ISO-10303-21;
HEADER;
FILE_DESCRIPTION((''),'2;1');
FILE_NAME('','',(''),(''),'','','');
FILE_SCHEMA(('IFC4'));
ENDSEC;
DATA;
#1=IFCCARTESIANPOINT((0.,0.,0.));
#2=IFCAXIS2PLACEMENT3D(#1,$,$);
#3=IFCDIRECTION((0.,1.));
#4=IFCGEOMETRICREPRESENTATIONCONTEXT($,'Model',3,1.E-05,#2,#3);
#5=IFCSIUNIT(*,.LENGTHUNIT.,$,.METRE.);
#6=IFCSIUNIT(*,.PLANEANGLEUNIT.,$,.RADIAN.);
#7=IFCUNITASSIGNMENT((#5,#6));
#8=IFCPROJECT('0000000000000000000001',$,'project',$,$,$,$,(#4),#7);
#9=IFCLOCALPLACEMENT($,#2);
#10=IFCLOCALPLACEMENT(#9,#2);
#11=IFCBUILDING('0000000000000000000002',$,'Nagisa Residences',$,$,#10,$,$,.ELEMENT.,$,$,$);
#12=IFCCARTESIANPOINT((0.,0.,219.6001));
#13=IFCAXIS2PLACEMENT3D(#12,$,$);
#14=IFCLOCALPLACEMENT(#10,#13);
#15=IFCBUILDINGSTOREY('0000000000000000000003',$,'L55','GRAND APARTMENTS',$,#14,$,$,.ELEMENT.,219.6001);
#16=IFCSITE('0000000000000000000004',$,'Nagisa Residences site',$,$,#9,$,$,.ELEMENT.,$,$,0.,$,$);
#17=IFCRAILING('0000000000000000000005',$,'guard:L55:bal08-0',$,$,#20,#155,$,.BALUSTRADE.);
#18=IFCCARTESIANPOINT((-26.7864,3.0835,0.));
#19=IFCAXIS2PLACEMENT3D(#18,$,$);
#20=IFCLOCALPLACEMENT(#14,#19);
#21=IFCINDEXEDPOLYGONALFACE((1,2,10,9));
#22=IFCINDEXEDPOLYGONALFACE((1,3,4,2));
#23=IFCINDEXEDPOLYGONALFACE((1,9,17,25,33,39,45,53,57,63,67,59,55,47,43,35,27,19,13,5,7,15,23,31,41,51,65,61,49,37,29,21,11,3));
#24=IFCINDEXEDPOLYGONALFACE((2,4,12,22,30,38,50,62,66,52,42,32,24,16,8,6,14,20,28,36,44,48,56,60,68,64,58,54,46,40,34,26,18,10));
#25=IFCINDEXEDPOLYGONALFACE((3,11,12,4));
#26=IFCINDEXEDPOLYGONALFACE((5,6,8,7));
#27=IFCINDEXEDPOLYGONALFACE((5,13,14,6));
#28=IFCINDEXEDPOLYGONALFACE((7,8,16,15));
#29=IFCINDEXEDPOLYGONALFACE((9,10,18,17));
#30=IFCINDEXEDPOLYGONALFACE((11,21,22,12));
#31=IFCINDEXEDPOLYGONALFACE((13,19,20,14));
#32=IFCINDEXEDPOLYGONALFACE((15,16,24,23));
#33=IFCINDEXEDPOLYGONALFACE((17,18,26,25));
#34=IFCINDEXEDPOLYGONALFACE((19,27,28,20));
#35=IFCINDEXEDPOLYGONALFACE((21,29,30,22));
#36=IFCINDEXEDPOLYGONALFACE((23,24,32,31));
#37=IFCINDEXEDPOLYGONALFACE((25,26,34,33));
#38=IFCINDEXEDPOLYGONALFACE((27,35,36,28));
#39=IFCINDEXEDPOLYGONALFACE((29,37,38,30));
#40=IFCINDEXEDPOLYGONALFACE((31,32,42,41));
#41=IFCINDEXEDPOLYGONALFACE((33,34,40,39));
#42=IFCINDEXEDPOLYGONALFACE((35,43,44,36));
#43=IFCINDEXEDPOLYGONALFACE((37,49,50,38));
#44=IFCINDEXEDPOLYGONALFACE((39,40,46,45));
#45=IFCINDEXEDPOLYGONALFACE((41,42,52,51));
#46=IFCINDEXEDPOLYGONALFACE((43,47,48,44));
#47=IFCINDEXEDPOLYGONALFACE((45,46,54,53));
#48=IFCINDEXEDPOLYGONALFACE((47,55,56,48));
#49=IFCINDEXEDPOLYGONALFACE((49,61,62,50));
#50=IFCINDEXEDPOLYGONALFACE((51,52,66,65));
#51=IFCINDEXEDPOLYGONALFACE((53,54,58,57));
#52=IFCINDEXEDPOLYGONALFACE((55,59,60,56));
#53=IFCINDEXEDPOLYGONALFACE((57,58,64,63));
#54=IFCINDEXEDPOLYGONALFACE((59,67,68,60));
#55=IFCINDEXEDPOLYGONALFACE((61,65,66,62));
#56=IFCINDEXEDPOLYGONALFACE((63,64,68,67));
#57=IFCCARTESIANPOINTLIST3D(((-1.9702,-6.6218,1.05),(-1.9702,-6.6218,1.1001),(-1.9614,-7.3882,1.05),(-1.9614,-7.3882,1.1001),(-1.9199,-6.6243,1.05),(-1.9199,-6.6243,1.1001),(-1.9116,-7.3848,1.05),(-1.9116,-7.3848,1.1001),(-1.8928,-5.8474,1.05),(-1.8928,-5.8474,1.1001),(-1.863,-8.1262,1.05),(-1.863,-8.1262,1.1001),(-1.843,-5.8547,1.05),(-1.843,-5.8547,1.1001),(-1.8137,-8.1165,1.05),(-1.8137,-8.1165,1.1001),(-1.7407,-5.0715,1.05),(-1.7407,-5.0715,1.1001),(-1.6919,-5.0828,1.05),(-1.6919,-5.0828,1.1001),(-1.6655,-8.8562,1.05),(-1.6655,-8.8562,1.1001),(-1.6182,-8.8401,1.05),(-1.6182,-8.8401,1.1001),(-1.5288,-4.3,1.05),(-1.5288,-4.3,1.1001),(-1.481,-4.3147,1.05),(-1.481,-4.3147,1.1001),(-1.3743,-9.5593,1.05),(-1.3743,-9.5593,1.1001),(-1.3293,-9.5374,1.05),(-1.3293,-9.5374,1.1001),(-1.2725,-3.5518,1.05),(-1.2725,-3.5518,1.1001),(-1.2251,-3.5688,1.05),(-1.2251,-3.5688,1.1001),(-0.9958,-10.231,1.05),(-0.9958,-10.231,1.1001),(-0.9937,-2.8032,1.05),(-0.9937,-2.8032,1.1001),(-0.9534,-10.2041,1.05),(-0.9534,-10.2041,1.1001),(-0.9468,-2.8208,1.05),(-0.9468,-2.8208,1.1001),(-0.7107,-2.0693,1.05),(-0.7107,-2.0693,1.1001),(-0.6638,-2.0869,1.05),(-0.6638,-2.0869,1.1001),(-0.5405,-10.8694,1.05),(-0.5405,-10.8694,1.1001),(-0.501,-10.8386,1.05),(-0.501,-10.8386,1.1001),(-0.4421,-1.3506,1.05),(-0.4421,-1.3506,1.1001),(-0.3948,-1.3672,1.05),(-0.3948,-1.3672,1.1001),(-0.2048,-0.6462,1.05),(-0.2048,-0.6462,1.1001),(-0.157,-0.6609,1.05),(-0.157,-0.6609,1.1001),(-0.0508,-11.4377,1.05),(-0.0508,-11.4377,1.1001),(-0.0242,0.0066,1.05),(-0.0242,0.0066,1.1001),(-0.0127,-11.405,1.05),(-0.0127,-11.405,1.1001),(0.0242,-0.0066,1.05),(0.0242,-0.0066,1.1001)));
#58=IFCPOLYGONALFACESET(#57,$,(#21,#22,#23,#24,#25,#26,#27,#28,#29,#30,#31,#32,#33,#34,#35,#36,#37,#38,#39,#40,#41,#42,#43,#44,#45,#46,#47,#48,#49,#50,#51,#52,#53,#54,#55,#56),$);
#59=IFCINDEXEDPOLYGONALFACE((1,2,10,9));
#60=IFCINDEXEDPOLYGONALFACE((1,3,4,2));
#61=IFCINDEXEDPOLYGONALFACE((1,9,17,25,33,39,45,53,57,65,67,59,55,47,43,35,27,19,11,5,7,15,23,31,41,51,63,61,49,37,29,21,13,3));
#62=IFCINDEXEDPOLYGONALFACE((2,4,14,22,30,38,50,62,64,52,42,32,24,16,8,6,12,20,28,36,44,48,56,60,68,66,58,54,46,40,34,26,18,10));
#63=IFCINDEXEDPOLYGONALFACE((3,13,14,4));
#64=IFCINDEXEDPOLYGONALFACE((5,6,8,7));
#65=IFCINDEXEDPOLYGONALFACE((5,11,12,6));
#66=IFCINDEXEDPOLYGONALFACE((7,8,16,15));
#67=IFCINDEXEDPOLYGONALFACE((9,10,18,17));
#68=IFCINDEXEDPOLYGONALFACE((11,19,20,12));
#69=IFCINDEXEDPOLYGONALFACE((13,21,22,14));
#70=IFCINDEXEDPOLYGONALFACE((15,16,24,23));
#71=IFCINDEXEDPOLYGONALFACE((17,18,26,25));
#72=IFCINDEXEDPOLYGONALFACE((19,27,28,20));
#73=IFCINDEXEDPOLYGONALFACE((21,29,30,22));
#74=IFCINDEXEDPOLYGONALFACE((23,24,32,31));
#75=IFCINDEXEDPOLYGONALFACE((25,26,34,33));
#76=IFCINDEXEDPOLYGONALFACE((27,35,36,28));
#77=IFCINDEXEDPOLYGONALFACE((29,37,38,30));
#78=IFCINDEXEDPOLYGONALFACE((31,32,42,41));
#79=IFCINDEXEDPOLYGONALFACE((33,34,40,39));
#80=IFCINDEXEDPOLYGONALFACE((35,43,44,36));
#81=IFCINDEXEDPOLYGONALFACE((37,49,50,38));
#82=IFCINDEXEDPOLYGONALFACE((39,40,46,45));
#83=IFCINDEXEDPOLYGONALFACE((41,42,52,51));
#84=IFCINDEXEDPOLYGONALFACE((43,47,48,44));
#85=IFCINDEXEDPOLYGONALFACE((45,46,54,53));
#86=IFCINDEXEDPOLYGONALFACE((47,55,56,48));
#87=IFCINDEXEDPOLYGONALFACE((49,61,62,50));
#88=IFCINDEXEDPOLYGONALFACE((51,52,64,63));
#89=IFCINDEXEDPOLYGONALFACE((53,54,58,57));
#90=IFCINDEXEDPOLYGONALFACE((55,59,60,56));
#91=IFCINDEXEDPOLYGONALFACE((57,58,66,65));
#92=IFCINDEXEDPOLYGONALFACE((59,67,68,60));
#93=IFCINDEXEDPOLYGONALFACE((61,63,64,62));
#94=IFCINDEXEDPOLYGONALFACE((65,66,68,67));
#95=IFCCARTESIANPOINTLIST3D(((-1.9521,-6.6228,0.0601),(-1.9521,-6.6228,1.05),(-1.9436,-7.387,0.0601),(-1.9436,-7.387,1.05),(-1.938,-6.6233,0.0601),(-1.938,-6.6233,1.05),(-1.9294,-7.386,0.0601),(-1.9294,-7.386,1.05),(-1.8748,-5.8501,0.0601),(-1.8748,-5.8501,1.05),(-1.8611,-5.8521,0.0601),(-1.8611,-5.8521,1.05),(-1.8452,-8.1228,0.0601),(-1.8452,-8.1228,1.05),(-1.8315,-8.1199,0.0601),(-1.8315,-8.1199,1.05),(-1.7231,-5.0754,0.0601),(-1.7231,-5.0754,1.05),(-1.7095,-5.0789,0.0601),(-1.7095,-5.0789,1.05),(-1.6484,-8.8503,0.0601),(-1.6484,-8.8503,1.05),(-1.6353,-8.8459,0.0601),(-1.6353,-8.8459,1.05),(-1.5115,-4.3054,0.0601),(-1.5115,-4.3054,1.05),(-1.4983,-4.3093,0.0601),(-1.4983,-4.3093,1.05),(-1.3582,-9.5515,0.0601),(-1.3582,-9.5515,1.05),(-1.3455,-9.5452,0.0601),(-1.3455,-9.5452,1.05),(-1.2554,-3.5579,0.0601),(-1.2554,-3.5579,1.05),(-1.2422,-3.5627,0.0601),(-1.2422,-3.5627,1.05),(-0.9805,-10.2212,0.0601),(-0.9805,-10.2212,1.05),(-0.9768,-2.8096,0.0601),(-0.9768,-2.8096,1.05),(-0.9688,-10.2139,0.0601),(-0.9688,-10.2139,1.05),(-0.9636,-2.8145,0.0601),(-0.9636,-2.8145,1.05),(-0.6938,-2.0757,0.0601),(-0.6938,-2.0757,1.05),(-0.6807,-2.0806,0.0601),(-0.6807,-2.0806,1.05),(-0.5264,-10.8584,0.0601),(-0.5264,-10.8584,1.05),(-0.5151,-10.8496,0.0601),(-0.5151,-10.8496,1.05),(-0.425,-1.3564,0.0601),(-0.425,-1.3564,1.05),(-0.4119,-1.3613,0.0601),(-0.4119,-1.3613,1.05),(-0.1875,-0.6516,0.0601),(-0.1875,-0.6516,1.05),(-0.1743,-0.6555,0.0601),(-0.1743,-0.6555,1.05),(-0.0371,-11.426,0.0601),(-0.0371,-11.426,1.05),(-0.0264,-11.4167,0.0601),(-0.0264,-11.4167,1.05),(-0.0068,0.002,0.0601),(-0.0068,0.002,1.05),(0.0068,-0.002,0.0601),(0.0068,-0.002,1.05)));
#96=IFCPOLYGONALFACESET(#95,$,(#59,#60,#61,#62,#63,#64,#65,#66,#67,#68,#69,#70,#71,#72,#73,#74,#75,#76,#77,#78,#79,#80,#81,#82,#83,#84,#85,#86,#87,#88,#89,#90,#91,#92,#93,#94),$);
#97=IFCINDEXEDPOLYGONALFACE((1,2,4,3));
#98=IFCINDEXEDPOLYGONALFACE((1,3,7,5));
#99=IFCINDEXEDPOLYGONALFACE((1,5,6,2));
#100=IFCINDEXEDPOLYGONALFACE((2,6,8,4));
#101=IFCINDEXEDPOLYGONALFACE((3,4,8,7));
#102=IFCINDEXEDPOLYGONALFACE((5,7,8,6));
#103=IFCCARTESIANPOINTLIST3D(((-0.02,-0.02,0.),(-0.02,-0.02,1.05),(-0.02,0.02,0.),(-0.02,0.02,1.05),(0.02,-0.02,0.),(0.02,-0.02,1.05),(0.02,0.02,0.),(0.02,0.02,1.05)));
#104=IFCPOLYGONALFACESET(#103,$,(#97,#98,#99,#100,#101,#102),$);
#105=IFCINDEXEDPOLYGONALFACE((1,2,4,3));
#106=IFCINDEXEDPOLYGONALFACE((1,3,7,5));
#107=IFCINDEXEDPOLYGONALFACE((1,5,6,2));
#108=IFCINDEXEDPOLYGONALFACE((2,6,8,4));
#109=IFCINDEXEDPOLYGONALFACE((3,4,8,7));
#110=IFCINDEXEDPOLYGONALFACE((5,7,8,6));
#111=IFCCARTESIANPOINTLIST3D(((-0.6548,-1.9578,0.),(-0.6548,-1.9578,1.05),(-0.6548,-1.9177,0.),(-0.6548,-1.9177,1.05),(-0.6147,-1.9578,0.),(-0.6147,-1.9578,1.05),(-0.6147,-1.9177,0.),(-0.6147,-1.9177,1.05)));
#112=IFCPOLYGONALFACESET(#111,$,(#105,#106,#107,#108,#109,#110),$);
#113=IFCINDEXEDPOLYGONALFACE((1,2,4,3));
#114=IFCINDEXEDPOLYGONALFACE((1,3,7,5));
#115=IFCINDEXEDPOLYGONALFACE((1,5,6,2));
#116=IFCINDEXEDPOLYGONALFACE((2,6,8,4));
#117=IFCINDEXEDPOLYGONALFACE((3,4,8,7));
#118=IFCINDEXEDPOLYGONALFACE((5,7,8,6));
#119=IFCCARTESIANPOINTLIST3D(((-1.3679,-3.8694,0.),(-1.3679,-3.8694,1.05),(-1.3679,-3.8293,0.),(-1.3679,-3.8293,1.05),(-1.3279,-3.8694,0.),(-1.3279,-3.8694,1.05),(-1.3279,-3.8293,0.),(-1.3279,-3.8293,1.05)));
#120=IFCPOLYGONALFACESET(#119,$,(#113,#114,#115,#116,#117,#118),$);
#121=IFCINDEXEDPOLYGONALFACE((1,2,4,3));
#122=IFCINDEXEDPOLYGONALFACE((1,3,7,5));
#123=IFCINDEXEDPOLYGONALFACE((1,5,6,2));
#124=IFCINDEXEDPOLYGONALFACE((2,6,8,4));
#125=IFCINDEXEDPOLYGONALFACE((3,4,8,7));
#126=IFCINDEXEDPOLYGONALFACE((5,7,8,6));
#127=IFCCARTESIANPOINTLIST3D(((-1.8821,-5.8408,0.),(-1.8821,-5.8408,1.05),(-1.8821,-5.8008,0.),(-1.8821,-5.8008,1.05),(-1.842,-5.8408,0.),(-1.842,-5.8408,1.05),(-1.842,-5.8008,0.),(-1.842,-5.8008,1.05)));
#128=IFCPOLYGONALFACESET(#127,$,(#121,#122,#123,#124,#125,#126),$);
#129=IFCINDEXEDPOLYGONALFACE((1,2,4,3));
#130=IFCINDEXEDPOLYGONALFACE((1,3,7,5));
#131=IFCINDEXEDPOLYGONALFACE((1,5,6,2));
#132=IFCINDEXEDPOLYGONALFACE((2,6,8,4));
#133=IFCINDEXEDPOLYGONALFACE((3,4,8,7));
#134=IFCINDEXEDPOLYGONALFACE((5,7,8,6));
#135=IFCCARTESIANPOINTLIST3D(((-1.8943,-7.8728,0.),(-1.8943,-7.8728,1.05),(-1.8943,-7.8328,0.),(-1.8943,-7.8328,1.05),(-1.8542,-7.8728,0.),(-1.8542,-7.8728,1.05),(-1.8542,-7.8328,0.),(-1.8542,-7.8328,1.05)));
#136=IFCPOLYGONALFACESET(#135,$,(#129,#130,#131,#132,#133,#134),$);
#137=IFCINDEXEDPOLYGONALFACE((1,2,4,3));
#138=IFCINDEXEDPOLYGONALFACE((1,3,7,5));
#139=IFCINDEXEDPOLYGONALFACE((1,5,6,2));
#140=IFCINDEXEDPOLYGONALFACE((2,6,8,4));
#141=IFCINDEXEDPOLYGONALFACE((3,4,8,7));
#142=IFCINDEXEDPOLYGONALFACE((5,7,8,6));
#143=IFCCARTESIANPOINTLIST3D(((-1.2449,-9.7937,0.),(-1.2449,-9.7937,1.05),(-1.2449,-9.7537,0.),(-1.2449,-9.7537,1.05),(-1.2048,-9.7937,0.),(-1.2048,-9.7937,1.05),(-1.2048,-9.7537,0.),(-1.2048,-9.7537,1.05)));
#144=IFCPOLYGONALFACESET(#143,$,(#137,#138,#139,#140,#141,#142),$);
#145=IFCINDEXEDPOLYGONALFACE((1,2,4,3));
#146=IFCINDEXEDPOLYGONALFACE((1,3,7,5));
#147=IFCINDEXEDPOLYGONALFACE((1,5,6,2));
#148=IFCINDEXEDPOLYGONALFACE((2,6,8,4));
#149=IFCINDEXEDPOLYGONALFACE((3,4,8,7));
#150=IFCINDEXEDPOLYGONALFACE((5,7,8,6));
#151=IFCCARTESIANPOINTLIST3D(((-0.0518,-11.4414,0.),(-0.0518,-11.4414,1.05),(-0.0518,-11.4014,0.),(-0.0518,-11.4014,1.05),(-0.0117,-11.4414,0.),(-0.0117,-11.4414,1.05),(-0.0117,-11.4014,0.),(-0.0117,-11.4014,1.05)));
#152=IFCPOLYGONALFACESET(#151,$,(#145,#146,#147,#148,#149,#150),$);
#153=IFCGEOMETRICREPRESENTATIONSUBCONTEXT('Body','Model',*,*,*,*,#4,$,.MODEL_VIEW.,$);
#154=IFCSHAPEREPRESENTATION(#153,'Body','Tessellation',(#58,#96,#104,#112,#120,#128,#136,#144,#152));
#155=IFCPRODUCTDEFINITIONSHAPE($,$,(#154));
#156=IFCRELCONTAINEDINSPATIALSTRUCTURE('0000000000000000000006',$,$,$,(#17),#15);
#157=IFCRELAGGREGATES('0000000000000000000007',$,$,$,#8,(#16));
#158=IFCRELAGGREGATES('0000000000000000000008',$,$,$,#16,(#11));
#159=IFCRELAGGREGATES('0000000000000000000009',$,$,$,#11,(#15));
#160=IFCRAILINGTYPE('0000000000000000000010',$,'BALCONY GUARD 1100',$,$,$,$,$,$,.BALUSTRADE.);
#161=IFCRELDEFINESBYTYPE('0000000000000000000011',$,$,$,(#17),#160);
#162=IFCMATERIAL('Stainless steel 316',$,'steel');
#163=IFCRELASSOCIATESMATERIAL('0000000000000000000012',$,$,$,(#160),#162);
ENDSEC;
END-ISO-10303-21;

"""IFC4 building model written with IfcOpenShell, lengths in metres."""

from ifc_helpers import new_model, si_unit, direction, frame, origin, origin_2d, place, context, subcontext, project, spatial, polyline, rectangle, outline, extrude, material, type_object, element, save


model = new_model("IFC4")

# Units and contexts
model_context = context("Model", 3, precision=1e-05, world=origin(), true_north=direction((0.0, 1.0)))
body_context = subcontext(model_context, "Body", "Model", "MODEL_VIEW")
ifc_project = project(units=[si_unit("LENGTHUNIT", "METRE"), si_unit("PLANEANGLEUNIT", "RADIAN")], contexts=[model_context])

# Site, building, storey
site_placement = place(None, origin())
site = spatial("IfcSite", under=ifc_project, at=site_placement, Name="Nagisa Residences site", CompositionType="ELEMENT", RefElevation=0.0)
building_placement = place(site_placement, origin())
building = spatial("IfcBuilding", under=site, at=building_placement, Name="Nagisa Residences", CompositionType="ELEMENT")
storey_placement = place(building_placement, frame((0.0, 0.0, 219.6001)))
storey = spatial("IfcBuildingStorey", under=building, at=storey_placement, Name="L55", Description="GRAND APARTMENTS", CompositionType="ELEMENT", Elevation=219.6001)

# Railing
ifc_material_1 = material(Name="Stainless steel 316", Category="steel")
railing_type = type_object("IfcRailingType", Name="BALCONY GUARD 1100", PredefinedType="BALUSTRADE", material=ifc_material_1)
railing_placement = place(storey_placement, frame((-26.7864, 3.0835, 0.0)))
element("IfcRailing", 1, at=railing_placement, inside=storey, type_object=railing_type, Name="guard:L55:bal08-0", PredefinedType="BALUSTRADE", context=body_context, shape_type="SweptSolid", body=[
    extrude(outline(polyline([(-0.157, -0.6609), (0.0242, -0.0066), (-0.0242, 0.0066), (-0.2048, -0.6462), (-0.4421, -1.3506), (-0.7107, -2.0693), (-0.9937, -2.8032), (-1.2725, -3.5518), (-1.5288, -4.3), (-1.7407, -5.0715), (-1.8928, -5.8474), (-1.9702, -6.6218), (-1.9614, -7.3882), (-1.863, -8.1262), (-1.6655, -8.8562), (-1.3743, -9.5593), (-0.9958, -10.231), (-0.5405, -10.8694), (-0.0508, -11.4377), (-0.0127, -11.405), (-0.501, -10.8386), (-0.9534, -10.2041), (-1.3293, -9.5374), (-1.6182, -8.8401), (-1.8137, -8.1165), (-1.9116, -7.3848), (-1.9199, -6.6243), (-1.843, -5.8547), (-1.6919, -5.0828), (-1.481, -4.3147), (-1.2251, -3.5688), (-0.9468, -2.8208), (-0.6638, -2.0869), (-0.3948, -1.3672), (-0.157, -0.6609)])), frame((0.0, 0.0, 1.05)), (0.0, 0.0, 1.0), 0.05),
    extrude(outline(polyline([(-0.1743, -0.6555), (0.0068, -0.002), (-0.0068, 0.002), (-0.1875, -0.6516), (-0.425, -1.3564), (-0.6938, -2.0757), (-0.9768, -2.8096), (-1.2554, -3.5579), (-1.5115, -4.3054), (-1.7231, -5.0754), (-1.8748, -5.8501), (-1.9521, -6.6228), (-1.9436, -7.387), (-1.8452, -8.1228), (-1.6484, -8.8503), (-1.3582, -9.5515), (-0.9805, -10.2212), (-0.5264, -10.8584), (-0.0371, -11.426), (-0.0264, -11.4167), (-0.5151, -10.8496), (-0.9688, -10.2139), (-1.3455, -9.5452), (-1.6353, -8.8459), (-1.8315, -8.1199), (-1.9294, -7.386), (-1.938, -6.6233), (-1.8611, -5.8521), (-1.7095, -5.0789), (-1.4983, -4.3093), (-1.2422, -3.5627), (-0.9636, -2.8145), (-0.6807, -2.0806), (-0.4119, -1.3613), (-0.1743, -0.6555)])), frame((0.0, 0.0, 0.0601)), (0.0, 0.0, 1.0), 0.99),
    extrude(rectangle(XDim=0.04, YDim=0.04, at=origin_2d()), origin(), (0.0, 0.0, 1.0), 1.05),
    extrude(rectangle(XDim=0.04, YDim=0.04, at=origin_2d()), frame((-0.6348, -1.9377, 0.0)), (0.0, 0.0, 1.0), 1.05),
    extrude(rectangle(XDim=0.04, YDim=0.04, at=origin_2d()), frame((-1.3479, -3.8494, 0.0)), (0.0, 0.0, 1.0), 1.05),
    extrude(rectangle(XDim=0.04, YDim=0.04, at=origin_2d()), frame((-1.8621, -5.8208, 0.0)), (0.0, 0.0, 1.0), 1.05),
    extrude(rectangle(XDim=0.04, YDim=0.04, at=origin_2d()), frame((-1.8743, -7.8528, 0.0)), (0.0, 0.0, 1.0), 1.05),
    extrude(rectangle(XDim=0.04, YDim=0.04, at=origin_2d()), frame((-1.2249, -9.7737, 0.0)), (0.0, 0.0, 1.0), 1.05),
    extrude(rectangle(XDim=0.04, YDim=0.04, at=origin_2d()), frame((-0.0317, -11.4214, 0.0)), (0.0, 0.0, 1.0), 1.05),
])

save(model, "model.ifc")
